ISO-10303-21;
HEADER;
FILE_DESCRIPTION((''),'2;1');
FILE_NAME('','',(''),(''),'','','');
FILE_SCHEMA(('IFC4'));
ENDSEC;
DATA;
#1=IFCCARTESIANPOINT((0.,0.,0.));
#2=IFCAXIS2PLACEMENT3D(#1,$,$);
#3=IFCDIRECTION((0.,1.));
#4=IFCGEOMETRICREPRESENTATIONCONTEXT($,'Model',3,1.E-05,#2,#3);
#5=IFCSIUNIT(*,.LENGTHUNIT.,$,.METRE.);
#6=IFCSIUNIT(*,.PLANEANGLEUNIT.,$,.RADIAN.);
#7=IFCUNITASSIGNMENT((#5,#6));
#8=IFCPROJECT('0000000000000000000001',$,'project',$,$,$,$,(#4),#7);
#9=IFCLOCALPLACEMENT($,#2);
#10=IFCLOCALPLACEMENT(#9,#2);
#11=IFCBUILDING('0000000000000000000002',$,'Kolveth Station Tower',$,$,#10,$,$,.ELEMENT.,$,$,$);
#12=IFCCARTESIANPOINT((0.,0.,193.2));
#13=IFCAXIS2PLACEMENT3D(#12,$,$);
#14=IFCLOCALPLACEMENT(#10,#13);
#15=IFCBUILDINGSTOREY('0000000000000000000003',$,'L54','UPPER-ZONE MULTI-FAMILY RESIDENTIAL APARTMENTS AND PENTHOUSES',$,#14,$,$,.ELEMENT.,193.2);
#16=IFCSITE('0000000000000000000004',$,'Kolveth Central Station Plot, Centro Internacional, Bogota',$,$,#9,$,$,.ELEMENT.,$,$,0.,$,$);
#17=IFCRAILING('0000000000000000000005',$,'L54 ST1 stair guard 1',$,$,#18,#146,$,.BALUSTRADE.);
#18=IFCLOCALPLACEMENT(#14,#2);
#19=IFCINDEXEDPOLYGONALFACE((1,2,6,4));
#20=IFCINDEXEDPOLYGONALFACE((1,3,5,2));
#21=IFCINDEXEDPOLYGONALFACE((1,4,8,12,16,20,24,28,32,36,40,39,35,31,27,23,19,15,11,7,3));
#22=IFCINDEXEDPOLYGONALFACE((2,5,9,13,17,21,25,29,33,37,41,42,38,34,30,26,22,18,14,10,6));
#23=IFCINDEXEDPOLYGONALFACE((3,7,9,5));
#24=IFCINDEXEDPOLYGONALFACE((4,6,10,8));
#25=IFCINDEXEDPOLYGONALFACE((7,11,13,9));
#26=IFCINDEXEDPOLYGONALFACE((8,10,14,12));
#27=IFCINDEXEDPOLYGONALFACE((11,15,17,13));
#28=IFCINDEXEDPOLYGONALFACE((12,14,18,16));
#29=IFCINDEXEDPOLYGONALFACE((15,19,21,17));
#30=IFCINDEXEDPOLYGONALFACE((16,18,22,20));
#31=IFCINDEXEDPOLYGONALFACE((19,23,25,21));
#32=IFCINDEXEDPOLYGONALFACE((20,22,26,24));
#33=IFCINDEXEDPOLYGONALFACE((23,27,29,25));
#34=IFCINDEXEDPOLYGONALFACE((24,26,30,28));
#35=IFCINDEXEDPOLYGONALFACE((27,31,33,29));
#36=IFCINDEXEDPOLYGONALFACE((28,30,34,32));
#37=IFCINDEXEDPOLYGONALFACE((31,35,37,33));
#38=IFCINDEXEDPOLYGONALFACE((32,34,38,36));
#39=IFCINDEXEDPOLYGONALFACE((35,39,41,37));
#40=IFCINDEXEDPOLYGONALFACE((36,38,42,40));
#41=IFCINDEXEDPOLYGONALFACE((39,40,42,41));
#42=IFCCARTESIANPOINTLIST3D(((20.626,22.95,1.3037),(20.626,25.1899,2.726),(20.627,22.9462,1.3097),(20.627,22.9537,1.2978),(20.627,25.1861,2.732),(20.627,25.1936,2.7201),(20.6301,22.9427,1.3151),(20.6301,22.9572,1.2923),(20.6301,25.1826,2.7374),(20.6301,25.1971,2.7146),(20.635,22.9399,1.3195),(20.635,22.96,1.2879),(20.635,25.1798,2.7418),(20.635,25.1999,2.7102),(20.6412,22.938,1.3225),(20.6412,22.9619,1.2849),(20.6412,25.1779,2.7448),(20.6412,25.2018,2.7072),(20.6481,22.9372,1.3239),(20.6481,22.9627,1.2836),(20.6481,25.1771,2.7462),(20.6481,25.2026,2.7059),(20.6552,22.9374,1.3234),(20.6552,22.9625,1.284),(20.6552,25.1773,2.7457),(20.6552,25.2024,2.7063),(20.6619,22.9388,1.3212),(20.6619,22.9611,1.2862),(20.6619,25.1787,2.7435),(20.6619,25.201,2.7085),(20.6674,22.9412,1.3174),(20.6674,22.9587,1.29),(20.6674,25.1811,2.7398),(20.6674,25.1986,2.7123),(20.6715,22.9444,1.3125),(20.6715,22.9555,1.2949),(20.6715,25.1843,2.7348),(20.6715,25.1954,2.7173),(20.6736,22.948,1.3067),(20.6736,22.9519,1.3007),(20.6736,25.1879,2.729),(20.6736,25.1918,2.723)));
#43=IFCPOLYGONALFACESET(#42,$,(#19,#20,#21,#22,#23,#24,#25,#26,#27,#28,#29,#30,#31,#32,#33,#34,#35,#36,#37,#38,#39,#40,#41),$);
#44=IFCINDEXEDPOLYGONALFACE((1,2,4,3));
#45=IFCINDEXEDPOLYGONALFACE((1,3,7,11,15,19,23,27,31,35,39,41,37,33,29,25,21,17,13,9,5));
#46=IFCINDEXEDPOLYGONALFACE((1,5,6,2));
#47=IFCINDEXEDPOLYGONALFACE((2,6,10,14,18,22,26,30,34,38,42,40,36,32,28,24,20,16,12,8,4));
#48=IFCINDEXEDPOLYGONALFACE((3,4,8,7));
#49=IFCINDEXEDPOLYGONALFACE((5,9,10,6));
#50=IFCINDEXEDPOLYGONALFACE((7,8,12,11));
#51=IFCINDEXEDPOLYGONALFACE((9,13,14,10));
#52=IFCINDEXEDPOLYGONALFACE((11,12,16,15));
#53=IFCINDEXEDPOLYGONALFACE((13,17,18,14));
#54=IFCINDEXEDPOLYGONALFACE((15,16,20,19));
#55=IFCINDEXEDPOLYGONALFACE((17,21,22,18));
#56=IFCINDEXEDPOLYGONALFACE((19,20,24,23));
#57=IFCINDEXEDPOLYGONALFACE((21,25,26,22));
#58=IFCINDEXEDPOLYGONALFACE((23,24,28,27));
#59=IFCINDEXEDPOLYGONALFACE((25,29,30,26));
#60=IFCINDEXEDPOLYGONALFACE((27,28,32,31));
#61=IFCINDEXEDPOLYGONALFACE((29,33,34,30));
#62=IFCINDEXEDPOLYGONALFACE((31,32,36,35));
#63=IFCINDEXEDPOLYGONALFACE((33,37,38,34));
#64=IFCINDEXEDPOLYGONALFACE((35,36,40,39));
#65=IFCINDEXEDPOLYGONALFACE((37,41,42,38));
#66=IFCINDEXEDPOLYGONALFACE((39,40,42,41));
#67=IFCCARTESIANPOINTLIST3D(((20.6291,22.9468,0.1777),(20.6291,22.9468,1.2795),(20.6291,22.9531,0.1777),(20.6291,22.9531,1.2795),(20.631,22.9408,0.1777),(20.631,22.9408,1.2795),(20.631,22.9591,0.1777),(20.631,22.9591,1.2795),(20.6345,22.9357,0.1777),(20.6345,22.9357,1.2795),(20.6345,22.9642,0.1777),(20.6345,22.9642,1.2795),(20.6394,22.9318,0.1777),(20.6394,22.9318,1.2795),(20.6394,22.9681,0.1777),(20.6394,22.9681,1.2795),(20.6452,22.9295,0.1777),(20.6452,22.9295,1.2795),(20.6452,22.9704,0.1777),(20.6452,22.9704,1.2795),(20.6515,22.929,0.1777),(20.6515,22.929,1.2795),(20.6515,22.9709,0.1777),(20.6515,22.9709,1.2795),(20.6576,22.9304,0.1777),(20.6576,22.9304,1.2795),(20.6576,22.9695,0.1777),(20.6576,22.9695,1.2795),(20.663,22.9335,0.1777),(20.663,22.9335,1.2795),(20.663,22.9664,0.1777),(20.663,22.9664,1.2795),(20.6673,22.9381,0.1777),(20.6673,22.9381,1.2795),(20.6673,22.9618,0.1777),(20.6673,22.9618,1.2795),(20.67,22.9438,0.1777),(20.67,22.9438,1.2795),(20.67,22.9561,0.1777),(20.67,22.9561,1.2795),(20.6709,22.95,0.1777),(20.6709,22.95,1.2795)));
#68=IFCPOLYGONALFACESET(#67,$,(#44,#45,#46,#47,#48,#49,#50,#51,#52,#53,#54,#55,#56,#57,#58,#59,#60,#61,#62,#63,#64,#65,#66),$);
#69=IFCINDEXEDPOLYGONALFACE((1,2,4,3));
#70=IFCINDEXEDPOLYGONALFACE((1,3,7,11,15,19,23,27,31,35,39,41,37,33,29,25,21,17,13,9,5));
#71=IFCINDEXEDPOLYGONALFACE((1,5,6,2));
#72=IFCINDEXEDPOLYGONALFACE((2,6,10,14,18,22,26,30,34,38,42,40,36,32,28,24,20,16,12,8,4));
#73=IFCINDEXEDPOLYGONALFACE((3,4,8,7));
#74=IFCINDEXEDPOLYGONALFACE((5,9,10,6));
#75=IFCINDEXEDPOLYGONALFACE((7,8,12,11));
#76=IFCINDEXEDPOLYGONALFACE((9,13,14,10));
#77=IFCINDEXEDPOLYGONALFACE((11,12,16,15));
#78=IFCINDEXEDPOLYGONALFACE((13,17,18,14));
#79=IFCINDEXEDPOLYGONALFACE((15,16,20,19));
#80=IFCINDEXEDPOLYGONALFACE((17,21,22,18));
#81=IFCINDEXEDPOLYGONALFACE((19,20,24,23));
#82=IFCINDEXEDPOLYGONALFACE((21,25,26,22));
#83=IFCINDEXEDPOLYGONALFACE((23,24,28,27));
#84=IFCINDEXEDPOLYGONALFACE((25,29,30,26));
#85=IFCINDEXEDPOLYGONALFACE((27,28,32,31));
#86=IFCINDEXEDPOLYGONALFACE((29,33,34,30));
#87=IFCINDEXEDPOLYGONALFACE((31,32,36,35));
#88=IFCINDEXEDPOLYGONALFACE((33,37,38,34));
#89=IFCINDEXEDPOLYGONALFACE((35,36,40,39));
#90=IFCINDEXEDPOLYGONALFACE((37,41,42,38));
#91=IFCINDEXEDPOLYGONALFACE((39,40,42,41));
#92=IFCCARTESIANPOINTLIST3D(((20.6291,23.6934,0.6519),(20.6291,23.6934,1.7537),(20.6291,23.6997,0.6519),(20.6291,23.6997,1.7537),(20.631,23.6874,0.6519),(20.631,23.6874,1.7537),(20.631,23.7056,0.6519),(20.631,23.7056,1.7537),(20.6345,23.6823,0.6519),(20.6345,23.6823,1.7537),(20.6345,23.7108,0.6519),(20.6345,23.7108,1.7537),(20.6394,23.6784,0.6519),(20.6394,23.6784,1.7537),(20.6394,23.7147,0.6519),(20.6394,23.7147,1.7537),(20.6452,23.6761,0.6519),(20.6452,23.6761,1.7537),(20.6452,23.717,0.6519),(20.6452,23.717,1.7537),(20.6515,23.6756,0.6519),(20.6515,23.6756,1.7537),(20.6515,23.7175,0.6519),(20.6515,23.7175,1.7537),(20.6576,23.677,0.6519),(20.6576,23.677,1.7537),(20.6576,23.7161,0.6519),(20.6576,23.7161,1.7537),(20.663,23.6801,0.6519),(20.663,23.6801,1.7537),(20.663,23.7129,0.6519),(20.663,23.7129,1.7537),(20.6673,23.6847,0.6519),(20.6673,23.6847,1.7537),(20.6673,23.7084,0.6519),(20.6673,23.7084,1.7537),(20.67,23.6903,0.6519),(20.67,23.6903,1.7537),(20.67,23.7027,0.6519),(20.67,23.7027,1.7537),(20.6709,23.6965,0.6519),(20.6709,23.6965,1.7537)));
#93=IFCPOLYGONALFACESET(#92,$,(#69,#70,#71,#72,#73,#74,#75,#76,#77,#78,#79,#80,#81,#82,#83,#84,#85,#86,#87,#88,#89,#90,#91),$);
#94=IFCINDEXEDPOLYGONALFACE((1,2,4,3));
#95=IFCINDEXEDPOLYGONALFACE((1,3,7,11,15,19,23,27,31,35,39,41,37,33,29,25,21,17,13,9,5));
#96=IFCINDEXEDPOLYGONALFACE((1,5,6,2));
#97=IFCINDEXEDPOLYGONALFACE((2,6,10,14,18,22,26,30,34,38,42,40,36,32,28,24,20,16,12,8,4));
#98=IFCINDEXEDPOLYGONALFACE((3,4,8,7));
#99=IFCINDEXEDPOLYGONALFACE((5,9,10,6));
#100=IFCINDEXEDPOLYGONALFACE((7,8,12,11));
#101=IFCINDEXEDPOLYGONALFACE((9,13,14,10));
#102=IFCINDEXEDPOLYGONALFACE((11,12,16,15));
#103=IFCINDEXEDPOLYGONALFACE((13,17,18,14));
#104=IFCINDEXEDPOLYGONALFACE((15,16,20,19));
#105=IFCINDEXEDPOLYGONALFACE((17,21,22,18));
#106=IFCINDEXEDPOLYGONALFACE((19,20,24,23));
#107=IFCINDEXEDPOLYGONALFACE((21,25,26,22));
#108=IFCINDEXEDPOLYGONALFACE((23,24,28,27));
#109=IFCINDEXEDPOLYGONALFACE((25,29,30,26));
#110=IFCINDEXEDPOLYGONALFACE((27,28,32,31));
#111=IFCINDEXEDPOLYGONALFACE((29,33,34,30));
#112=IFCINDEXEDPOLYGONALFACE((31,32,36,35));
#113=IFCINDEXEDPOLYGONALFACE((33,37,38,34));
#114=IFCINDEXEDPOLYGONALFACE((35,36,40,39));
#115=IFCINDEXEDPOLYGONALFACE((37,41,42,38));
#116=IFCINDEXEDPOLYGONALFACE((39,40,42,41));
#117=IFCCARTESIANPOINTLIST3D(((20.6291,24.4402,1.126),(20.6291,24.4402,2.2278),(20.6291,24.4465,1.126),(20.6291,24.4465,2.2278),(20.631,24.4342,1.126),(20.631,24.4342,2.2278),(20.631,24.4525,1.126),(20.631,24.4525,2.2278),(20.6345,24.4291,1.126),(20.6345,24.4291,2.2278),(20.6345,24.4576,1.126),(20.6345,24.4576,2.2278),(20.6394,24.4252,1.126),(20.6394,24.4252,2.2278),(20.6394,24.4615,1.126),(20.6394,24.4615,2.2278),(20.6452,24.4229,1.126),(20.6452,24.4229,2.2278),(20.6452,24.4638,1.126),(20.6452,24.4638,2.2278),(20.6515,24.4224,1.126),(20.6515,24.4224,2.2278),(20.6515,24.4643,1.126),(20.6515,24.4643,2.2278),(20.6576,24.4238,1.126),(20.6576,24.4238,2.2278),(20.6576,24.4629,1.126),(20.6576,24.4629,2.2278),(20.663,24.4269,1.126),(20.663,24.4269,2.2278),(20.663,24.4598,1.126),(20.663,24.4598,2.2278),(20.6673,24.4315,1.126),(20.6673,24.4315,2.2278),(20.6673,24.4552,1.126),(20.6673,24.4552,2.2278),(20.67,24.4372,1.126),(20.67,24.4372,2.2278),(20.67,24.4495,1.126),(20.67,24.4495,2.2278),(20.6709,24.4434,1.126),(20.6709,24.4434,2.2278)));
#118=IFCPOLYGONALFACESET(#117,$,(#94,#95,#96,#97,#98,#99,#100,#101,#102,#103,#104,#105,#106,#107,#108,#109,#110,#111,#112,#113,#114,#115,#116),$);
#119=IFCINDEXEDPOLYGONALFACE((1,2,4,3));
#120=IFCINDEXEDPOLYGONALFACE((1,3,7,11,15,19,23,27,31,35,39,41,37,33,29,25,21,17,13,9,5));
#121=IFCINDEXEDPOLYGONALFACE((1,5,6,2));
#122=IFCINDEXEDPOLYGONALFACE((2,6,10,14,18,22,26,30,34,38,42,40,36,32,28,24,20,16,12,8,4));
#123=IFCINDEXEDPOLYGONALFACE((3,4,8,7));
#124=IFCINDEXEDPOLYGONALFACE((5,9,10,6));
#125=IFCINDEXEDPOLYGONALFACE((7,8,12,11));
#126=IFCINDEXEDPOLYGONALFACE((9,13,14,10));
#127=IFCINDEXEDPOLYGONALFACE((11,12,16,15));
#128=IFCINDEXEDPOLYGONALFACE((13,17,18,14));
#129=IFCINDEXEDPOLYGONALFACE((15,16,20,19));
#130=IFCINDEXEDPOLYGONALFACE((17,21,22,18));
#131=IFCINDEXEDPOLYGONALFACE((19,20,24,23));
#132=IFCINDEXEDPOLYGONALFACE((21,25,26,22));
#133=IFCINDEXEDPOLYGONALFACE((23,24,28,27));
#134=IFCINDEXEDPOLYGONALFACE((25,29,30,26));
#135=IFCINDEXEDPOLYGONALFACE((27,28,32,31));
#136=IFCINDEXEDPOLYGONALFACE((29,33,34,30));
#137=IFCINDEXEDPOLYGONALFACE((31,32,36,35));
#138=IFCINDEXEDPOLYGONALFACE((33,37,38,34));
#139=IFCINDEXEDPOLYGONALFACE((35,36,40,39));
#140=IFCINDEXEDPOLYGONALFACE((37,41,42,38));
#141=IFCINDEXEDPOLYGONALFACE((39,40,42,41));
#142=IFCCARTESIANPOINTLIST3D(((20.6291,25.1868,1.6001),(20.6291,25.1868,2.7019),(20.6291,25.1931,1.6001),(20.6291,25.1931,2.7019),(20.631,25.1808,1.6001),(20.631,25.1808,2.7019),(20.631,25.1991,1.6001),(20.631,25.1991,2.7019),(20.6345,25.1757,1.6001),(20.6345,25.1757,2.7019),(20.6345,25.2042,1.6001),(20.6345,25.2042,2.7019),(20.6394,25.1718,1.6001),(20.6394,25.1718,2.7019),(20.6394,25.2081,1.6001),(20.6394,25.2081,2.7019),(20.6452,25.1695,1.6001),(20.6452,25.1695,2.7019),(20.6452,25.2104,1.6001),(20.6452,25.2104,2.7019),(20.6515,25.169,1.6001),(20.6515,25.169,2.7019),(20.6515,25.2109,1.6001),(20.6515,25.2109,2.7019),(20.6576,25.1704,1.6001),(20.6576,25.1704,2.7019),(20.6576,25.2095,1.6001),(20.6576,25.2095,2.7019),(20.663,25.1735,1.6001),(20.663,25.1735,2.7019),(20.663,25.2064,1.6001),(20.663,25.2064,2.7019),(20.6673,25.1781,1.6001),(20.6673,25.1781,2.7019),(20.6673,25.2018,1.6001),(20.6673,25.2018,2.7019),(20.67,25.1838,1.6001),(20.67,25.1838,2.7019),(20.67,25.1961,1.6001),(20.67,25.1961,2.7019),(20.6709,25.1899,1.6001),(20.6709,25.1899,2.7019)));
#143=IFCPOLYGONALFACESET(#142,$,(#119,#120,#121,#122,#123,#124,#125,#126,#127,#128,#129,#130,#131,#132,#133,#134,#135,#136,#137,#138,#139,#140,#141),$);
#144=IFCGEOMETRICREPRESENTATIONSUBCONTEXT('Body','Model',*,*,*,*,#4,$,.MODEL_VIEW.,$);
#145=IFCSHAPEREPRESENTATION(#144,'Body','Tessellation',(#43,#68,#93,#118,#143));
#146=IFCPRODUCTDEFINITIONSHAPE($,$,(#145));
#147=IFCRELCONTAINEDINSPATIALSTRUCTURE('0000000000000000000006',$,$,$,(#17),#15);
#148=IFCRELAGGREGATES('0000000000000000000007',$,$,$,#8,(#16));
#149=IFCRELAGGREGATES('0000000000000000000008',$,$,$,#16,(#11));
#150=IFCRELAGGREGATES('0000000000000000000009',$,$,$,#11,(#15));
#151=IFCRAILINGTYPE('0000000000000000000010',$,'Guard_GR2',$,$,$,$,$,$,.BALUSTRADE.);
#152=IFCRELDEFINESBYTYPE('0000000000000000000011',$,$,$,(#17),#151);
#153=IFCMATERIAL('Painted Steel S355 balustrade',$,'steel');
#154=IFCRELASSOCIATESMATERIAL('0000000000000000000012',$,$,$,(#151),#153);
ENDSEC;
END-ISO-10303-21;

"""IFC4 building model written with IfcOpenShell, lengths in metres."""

from ifc_helpers import new_model, si_unit, direction, frame, origin, origin_2d, place, context, subcontext, project, spatial, circle, extrude, material, type_object, element, save


model = new_model("IFC4")

# Units and contexts
model_context = context("Model", 3, precision=1e-05, world=origin(), true_north=direction((0.0, 1.0)))
body_context = subcontext(model_context, "Body", "Model", "MODEL_VIEW")
ifc_project = project(units=[si_unit("LENGTHUNIT", "METRE"), si_unit("PLANEANGLEUNIT", "RADIAN")], contexts=[model_context])

# Site, building, storey
site_placement = place(None, origin())
site = spatial("IfcSite", under=ifc_project, at=site_placement, Name="Kolveth Central Station Plot, Centro Internacional, Bogota", CompositionType="ELEMENT", RefElevation=0.0)
building_placement = place(site_placement, origin())
building = spatial("IfcBuilding", under=site, at=building_placement, Name="Kolveth Station Tower", CompositionType="ELEMENT")
storey_placement = place(building_placement, frame((0.0, 0.0, 193.2)))
storey = spatial("IfcBuildingStorey", under=building, at=storey_placement, Name="L54", Description="UPPER-ZONE MULTI-FAMILY RESIDENTIAL APARTMENTS AND PENTHOUSES", CompositionType="ELEMENT", Elevation=193.2)

# Railing
ifc_material_1 = material(Name="Painted Steel S355 balustrade", Category="steel")
railing_type_1 = type_object("IfcRailingType", Name="Guard_GR2", PredefinedType="BALUSTRADE", material=ifc_material_1)
railing_1_placement = place(storey_placement, frame((20.6499, 22.95, 0.1777)))
element("IfcRailing", 1, at=railing_1_placement, inside=storey, type_object=railing_type_1, Name="L54 ST1 stair guard 1", PredefinedType="BALUSTRADE", context=body_context, shape_type="SweptSolid", body=[
    extrude(circle(Radius=0.0239, at=origin_2d()), frame((0.0, 0.0, 1.126), z_axis=(0.0, 0.844188, 0.536048), x_axis=(-1.0, 0.0, 0.0)), (0.0, 0.0, 1.0), 2.6533),
    extrude(circle(Radius=0.021, at=origin_2d()), origin(), (0.0, 0.0, 1.0), 1.1018),
    extrude(circle(Radius=0.021, at=origin_2d()), frame((0.0, 0.7466, 0.4741)), (0.0, 0.0, 1.0), 1.1018),
    extrude(circle(Radius=0.021, at=origin_2d()), frame((0.0, 1.4934, 0.9482)), (0.0, 0.0, 1.0), 1.1018),
    extrude(circle(Radius=0.021, at=origin_2d()), frame((0.0, 2.24, 1.4224)), (0.0, 0.0, 1.0), 1.1018),
])

save(model, "model.ifc")
